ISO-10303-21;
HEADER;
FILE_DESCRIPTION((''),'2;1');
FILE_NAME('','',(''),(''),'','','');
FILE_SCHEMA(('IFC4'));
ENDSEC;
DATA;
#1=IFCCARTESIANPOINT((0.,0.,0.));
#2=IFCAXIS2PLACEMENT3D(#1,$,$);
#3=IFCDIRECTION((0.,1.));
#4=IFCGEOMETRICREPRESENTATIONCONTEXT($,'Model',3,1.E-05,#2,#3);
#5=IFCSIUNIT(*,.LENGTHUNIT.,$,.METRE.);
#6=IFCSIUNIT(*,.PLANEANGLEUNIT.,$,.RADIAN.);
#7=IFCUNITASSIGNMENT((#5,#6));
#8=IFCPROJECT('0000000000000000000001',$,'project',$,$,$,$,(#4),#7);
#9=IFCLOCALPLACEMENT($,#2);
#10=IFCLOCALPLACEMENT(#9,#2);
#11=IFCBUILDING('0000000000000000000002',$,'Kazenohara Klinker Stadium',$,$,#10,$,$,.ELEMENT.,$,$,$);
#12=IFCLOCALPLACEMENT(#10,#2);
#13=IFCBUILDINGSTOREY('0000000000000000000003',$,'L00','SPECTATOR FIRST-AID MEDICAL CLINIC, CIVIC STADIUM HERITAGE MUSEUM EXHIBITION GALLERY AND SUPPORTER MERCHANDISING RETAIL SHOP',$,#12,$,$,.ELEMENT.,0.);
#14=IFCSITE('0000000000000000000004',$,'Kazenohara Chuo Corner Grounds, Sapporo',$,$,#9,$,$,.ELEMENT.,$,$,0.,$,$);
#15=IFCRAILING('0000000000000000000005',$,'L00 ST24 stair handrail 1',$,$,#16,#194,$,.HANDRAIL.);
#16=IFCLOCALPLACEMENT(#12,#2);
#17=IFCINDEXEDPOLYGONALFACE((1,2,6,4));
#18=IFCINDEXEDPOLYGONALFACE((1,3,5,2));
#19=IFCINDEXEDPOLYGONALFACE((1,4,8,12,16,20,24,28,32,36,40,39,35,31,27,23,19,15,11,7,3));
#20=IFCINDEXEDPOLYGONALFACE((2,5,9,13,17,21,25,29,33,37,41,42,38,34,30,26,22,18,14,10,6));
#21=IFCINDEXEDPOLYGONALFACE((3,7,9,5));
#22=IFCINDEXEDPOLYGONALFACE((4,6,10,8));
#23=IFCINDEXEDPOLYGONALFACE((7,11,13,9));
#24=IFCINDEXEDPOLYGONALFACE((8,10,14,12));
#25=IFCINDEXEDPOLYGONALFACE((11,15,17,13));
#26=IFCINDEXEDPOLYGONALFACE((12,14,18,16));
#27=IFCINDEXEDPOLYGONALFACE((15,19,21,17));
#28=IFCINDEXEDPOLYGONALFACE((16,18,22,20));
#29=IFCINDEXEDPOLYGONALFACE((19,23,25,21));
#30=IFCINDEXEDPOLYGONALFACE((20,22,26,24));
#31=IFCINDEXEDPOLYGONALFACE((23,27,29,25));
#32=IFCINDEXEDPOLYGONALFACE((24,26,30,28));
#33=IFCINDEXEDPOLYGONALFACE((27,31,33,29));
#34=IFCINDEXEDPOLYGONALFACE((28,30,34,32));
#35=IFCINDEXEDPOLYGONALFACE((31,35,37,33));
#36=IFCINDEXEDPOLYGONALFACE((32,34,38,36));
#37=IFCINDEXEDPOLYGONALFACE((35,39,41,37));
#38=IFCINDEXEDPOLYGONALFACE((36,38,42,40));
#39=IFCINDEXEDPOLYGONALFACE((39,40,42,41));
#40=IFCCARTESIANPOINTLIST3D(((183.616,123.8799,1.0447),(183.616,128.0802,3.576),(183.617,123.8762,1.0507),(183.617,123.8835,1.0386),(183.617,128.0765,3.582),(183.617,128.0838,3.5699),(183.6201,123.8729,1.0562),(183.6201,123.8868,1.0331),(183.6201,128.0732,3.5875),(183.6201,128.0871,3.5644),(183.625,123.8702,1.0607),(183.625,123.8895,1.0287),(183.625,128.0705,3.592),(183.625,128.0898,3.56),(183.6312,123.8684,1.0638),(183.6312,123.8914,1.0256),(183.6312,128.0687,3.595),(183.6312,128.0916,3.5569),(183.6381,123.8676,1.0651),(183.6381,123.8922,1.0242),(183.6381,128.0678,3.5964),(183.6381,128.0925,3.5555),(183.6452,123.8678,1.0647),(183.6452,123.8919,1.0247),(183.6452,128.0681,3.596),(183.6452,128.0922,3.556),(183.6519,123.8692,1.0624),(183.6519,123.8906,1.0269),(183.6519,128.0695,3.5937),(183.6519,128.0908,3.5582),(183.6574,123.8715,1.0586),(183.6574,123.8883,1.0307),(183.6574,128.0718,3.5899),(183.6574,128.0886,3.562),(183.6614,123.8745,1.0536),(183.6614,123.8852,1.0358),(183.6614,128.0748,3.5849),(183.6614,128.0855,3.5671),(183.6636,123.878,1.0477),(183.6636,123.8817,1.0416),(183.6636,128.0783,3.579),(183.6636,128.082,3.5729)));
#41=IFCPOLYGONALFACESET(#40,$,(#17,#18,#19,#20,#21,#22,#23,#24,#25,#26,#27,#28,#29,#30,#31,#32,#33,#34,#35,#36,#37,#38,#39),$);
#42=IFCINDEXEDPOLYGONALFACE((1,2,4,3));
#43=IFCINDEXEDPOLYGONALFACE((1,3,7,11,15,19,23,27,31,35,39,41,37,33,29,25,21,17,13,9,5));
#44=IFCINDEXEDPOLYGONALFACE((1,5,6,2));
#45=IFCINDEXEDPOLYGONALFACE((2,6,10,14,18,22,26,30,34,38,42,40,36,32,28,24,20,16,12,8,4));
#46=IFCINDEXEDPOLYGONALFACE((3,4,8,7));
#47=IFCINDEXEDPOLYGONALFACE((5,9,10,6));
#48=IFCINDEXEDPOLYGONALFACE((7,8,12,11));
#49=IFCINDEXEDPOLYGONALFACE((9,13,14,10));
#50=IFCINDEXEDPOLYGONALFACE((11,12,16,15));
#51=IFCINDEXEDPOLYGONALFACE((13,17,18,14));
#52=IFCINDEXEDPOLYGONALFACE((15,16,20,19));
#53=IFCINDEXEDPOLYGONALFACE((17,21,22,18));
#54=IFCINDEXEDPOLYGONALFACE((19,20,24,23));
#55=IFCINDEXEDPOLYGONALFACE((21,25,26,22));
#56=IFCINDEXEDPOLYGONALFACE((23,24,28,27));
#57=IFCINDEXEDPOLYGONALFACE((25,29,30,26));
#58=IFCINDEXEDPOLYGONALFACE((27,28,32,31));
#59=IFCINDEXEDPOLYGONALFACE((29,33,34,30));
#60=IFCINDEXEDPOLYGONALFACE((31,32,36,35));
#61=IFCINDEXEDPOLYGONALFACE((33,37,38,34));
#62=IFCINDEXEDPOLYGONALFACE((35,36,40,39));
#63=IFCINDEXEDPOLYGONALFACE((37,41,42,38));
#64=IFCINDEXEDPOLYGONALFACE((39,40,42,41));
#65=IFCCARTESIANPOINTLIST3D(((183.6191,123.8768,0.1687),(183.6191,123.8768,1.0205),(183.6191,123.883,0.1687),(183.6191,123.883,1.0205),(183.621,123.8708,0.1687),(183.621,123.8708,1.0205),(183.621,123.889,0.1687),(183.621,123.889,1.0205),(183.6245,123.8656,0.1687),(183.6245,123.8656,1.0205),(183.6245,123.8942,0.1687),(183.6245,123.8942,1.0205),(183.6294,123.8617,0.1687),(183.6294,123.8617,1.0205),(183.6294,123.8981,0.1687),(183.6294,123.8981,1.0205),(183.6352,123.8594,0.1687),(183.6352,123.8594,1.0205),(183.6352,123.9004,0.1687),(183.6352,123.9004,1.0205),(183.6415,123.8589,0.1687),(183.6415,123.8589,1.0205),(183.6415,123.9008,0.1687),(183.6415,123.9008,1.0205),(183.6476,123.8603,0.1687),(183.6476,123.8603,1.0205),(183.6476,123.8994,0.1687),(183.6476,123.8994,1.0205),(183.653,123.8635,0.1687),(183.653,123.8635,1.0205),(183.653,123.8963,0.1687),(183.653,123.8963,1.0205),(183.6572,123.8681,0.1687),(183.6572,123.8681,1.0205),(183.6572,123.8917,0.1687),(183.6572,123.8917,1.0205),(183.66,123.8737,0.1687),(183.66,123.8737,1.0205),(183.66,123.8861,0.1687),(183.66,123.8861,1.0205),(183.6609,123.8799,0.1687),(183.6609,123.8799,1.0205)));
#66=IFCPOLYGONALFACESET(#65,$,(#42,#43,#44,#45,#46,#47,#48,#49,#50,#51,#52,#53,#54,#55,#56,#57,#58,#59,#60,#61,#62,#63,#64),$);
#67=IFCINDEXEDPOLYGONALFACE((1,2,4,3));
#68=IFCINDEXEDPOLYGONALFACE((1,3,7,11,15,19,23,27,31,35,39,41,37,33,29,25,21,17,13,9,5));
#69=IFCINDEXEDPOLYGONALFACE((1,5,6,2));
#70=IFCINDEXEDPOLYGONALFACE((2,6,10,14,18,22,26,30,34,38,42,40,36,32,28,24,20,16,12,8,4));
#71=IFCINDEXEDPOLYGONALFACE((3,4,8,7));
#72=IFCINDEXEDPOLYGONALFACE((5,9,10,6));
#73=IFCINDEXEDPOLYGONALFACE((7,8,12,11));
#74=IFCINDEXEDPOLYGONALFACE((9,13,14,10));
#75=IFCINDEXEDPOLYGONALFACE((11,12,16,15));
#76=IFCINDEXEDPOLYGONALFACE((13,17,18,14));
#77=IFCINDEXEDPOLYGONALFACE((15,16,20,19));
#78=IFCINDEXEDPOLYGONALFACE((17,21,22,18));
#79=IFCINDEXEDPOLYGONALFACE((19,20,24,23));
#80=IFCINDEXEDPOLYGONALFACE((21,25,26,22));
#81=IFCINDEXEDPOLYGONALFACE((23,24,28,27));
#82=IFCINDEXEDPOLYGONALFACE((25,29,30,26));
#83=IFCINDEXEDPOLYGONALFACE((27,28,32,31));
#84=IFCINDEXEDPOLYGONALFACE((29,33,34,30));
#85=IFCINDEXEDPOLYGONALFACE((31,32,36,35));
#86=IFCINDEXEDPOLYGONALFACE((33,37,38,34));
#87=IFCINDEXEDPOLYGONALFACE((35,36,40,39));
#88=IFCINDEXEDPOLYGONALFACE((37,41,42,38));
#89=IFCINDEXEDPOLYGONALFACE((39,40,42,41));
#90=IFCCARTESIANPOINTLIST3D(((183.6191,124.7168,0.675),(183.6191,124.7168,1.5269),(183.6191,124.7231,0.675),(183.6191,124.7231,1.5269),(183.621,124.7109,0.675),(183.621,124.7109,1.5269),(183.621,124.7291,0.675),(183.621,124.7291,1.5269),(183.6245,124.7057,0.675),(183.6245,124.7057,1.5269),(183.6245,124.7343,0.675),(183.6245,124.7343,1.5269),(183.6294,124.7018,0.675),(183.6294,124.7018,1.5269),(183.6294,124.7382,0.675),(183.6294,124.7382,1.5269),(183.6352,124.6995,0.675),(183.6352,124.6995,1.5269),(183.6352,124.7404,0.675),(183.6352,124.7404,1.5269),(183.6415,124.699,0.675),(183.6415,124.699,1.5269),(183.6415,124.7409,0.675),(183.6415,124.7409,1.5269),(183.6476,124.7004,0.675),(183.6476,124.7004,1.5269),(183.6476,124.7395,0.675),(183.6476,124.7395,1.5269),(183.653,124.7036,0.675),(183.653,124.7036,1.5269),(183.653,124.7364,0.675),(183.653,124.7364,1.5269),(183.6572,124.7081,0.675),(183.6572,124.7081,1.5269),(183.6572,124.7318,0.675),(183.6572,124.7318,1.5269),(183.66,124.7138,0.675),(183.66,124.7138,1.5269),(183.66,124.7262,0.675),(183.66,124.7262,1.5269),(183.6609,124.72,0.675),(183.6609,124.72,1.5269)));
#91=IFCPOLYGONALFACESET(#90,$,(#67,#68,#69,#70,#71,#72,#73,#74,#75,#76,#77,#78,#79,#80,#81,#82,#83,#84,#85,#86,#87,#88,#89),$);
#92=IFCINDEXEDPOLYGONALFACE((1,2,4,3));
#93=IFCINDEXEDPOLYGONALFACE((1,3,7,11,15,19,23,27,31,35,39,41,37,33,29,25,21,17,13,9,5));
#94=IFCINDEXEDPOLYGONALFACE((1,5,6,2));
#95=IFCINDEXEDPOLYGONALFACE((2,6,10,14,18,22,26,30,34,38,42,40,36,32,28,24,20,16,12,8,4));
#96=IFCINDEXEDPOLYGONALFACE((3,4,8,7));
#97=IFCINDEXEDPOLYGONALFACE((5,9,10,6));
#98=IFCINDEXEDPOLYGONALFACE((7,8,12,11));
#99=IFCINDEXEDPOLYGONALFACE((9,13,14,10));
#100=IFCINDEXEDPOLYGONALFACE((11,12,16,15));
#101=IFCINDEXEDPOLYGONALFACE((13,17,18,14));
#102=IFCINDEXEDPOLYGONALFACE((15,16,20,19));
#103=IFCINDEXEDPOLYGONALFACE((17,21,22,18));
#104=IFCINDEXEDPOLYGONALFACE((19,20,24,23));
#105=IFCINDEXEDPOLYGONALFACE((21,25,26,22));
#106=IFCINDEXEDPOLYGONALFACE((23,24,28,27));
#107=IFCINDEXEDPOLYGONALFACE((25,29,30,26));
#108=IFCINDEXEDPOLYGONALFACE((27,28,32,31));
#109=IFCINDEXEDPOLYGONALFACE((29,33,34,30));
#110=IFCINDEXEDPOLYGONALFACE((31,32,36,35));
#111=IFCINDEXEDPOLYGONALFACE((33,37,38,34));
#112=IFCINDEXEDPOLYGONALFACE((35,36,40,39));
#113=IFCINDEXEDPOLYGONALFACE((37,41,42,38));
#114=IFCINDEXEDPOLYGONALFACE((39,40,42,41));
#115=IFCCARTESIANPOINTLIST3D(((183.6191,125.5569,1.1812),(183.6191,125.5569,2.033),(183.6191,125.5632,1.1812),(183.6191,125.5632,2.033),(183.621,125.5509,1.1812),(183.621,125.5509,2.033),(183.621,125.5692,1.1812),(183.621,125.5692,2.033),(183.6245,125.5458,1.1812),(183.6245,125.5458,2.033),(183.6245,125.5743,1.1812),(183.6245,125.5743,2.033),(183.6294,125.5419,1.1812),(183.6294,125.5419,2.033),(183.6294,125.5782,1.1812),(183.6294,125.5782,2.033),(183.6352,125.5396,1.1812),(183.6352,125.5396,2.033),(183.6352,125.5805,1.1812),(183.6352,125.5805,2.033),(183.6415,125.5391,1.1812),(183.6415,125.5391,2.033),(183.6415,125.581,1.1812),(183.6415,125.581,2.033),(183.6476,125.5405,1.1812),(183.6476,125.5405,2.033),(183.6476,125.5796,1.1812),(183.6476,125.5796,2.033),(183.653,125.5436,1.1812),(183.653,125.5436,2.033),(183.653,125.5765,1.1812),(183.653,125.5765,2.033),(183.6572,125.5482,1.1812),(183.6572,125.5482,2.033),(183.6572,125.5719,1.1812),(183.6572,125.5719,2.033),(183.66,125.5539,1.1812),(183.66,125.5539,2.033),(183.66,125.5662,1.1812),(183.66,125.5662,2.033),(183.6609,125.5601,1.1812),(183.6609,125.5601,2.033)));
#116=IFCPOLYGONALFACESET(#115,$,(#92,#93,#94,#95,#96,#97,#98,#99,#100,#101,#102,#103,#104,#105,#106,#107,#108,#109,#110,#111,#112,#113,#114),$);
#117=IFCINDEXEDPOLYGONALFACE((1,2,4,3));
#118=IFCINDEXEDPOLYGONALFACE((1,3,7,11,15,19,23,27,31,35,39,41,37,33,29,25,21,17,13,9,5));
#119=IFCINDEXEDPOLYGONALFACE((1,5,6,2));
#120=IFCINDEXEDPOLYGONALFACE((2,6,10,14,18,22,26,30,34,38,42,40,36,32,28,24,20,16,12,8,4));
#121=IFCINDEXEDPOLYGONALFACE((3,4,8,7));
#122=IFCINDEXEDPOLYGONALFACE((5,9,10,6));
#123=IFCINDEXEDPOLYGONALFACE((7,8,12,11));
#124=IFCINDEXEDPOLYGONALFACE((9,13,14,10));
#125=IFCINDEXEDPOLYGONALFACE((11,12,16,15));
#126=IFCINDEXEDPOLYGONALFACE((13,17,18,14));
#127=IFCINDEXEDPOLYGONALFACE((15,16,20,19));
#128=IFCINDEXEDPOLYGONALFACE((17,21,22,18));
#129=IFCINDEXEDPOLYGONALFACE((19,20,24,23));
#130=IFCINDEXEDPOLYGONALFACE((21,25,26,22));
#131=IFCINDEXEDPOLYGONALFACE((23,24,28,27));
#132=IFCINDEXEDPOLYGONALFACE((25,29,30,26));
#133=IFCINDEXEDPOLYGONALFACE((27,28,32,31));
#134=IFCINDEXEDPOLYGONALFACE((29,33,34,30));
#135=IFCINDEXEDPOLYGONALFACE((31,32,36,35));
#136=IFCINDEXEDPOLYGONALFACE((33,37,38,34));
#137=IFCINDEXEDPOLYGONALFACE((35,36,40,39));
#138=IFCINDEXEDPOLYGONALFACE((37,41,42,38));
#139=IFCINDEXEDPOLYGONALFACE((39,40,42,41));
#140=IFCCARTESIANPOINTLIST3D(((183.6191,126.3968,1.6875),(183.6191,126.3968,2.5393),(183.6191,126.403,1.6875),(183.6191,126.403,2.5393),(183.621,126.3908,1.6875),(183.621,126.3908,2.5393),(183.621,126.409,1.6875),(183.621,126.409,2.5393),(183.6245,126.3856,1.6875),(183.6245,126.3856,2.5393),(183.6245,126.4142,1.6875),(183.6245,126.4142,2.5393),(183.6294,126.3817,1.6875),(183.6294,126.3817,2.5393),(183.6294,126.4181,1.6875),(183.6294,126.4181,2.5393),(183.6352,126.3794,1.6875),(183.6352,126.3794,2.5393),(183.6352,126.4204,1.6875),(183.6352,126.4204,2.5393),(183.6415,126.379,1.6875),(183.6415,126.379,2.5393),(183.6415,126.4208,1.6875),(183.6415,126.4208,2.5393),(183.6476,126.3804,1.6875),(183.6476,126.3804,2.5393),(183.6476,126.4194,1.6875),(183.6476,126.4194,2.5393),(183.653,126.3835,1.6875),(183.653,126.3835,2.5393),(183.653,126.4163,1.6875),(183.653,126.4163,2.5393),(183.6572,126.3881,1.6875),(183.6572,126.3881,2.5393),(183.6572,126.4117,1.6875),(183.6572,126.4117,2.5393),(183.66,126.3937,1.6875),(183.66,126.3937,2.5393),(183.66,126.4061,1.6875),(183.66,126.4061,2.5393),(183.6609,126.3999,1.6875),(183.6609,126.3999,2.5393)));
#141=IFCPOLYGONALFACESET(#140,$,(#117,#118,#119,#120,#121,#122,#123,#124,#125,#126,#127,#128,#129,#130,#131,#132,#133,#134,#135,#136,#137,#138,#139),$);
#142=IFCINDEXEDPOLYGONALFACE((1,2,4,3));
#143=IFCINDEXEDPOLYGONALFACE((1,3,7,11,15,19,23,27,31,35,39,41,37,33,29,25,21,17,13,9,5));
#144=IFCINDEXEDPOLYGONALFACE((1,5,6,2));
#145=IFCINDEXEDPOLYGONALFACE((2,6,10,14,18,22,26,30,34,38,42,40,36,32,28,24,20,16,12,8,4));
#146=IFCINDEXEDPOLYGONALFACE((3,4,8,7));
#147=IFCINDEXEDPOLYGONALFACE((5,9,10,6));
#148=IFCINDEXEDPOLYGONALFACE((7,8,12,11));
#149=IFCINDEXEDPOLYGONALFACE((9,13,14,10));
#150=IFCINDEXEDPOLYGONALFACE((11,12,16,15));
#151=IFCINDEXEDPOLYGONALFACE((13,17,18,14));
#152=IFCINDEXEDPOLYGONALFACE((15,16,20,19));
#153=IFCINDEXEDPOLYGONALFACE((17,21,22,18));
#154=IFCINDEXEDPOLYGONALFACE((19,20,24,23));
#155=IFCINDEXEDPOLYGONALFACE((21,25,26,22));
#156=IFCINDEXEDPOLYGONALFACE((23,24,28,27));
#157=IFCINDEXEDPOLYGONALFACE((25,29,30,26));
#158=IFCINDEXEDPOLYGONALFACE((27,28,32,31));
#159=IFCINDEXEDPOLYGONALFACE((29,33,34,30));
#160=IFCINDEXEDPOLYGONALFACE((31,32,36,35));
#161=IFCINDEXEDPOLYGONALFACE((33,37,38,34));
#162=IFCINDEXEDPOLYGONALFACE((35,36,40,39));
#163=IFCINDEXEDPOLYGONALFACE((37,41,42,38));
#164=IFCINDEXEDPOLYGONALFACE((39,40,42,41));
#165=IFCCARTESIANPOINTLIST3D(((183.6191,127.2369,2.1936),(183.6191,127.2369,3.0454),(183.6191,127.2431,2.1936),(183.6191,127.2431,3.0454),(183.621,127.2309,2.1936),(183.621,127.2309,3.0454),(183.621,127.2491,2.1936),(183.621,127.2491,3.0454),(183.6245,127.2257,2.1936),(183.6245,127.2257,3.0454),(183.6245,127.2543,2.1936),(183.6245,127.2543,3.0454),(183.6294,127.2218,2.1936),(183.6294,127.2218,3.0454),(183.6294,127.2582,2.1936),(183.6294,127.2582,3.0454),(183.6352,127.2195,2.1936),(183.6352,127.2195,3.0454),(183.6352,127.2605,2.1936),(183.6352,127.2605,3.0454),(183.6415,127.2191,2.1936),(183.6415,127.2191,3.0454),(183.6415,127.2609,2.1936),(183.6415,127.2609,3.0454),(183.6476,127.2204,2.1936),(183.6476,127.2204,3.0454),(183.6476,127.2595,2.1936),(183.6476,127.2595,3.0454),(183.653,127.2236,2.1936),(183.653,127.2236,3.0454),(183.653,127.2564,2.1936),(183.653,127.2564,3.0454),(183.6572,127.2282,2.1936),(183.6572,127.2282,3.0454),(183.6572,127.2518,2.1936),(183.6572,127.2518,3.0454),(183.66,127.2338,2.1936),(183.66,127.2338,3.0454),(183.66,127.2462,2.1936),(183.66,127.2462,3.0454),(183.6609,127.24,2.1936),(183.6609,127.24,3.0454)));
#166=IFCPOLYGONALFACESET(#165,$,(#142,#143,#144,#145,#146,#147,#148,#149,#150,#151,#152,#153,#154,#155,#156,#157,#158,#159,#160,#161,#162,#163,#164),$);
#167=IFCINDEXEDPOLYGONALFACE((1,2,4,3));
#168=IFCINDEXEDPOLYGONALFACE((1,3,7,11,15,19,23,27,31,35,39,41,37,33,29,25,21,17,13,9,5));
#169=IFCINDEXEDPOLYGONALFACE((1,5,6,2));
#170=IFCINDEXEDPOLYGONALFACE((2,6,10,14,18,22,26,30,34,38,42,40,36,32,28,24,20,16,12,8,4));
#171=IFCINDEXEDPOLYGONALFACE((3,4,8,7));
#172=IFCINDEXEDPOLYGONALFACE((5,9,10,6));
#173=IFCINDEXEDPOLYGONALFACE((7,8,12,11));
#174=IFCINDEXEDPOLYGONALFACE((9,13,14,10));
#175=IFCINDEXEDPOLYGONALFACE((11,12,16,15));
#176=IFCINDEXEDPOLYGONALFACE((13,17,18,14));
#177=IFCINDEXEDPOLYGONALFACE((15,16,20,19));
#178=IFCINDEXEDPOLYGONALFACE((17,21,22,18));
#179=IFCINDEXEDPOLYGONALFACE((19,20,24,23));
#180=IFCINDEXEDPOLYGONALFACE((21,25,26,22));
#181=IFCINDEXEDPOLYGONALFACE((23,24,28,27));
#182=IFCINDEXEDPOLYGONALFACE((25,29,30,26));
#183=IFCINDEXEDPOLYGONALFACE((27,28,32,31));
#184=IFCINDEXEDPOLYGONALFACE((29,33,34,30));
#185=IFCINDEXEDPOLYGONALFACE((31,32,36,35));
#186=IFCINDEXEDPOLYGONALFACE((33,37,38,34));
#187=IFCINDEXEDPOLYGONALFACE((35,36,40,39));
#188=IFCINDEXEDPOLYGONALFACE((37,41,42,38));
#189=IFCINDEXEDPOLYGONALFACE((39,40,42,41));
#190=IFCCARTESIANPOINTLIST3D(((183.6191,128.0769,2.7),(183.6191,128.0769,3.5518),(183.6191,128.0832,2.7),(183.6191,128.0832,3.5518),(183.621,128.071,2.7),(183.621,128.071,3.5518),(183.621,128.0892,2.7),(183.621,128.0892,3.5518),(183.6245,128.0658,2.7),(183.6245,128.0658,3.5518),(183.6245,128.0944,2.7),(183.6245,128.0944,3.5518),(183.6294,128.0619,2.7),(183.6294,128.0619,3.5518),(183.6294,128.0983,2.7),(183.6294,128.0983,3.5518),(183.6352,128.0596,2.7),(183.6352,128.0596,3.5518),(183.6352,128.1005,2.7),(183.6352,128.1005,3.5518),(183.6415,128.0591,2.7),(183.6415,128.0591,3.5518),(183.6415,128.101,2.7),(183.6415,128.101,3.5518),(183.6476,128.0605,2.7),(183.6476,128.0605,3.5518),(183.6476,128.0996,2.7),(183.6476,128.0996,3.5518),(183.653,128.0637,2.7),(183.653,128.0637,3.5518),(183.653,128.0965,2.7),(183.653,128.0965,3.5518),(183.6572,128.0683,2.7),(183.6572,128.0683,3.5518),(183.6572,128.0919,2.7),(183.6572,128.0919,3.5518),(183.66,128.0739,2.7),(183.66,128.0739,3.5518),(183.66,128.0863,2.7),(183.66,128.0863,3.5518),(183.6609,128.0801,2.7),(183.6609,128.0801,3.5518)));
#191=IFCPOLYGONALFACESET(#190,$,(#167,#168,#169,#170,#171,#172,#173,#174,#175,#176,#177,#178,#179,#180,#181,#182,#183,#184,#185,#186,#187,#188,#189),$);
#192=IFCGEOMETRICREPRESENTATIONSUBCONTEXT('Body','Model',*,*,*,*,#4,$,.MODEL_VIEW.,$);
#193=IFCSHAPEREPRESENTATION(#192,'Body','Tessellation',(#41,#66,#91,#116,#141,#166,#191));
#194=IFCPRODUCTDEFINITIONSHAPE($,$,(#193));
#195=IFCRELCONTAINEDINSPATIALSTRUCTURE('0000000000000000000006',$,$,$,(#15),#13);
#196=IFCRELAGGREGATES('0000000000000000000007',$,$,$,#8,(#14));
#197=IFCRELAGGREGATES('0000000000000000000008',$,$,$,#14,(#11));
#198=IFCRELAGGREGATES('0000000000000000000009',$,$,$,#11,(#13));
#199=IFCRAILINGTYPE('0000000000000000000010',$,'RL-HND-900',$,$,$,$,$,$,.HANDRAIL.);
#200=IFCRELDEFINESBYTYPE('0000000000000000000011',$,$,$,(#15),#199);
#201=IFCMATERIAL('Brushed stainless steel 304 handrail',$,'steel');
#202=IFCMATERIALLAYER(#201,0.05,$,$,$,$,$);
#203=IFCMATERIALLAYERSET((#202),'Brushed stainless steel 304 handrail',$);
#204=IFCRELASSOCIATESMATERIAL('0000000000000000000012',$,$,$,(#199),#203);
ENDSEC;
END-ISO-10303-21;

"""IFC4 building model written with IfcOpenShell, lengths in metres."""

from ifc_helpers import new_model, si_unit, direction, frame, origin, origin_2d, place, context, subcontext, project, spatial, circle, extrude, material, layer, layer_set, type_object, element, save


model = new_model("IFC4")

# Units and contexts
model_context = context("Model", 3, precision=1e-05, world=origin(), true_north=direction((0.0, 1.0)))
body_context = subcontext(model_context, "Body", "Model", "MODEL_VIEW")
ifc_project = project(units=[si_unit("LENGTHUNIT", "METRE"), si_unit("PLANEANGLEUNIT", "RADIAN")], contexts=[model_context])

# Site, building, storey
site_placement = place(None, origin())
site = spatial("IfcSite", under=ifc_project, at=site_placement, Name="Kazenohara Chuo Corner Grounds, Sapporo", CompositionType="ELEMENT", RefElevation=0.0)
building_placement = place(site_placement, origin())
building = spatial("IfcBuilding", under=site, at=building_placement, Name="Kazenohara Klinker Stadium", CompositionType="ELEMENT")
storey_placement = place(building_placement, origin())
storey = spatial("IfcBuildingStorey", under=building, at=storey_placement, Name="L00", Description="SPECTATOR FIRST-AID MEDICAL CLINIC, CIVIC STADIUM HERITAGE MUSEUM EXHIBITION GALLERY AND SUPPORTER MERCHANDISING RETAIL SHOP", CompositionType="ELEMENT", Elevation=0.0)

# Railing
ifc_material_1 = material(Name="Brushed stainless steel 304 handrail", Category="steel")
ifc_layer_1 = layer(ifc_material_1, 0.05)
ifc_layer_set_1 = layer_set([ifc_layer_1], Name="Brushed stainless steel 304 handrail")
railing_type_1 = type_object("IfcRailingType", Name="RL-HND-900", PredefinedType="HANDRAIL", material=ifc_layer_set_1)
for number, where, name in (
    (1, (183.6399, 123.8799, 0.1687), "L00 ST24 stair handrail 1"),
):
    element("IfcRailing", number, at=place(storey_placement, frame(where)), inside=storey, type_object=railing_type_1, Name=name, PredefinedType="HANDRAIL", context=body_context, shape_type="SweptSolid", body=[
        extrude(circle(Radius=0.0239, at=origin_2d()), frame((0.0, 0.0, 0.876), z_axis=(0.0, 0.85649, 0.516164), x_axis=(-1.0, 0.0, 0.0)), (0.0, 0.0, 1.0), 4.9041),
        extrude(circle(Radius=0.021, at=origin_2d()), origin(), (0.0, 0.0, 1.0), 0.8518),
        extrude(circle(Radius=0.021, at=origin_2d()), frame((0.0, 0.8401, 0.5063)), (0.0, 0.0, 1.0), 0.8518),
        extrude(circle(Radius=0.021, at=origin_2d()), frame((0.0, 1.6802, 1.0125)), (0.0, 0.0, 1.0), 0.8518),
        extrude(circle(Radius=0.021, at=origin_2d()), frame((0.0, 2.52, 1.5188)), (0.0, 0.0, 1.0), 0.8518),
        extrude(circle(Radius=0.021, at=origin_2d()), frame((0.0, 3.3601, 2.0249)), (0.0, 0.0, 1.0), 0.8518),
        extrude(circle(Radius=0.021, at=origin_2d()), frame((0.0, 4.2002, 2.5312)), (0.0, 0.0, 1.0), 0.8518),
    ])

save(model, "model.ifc")
